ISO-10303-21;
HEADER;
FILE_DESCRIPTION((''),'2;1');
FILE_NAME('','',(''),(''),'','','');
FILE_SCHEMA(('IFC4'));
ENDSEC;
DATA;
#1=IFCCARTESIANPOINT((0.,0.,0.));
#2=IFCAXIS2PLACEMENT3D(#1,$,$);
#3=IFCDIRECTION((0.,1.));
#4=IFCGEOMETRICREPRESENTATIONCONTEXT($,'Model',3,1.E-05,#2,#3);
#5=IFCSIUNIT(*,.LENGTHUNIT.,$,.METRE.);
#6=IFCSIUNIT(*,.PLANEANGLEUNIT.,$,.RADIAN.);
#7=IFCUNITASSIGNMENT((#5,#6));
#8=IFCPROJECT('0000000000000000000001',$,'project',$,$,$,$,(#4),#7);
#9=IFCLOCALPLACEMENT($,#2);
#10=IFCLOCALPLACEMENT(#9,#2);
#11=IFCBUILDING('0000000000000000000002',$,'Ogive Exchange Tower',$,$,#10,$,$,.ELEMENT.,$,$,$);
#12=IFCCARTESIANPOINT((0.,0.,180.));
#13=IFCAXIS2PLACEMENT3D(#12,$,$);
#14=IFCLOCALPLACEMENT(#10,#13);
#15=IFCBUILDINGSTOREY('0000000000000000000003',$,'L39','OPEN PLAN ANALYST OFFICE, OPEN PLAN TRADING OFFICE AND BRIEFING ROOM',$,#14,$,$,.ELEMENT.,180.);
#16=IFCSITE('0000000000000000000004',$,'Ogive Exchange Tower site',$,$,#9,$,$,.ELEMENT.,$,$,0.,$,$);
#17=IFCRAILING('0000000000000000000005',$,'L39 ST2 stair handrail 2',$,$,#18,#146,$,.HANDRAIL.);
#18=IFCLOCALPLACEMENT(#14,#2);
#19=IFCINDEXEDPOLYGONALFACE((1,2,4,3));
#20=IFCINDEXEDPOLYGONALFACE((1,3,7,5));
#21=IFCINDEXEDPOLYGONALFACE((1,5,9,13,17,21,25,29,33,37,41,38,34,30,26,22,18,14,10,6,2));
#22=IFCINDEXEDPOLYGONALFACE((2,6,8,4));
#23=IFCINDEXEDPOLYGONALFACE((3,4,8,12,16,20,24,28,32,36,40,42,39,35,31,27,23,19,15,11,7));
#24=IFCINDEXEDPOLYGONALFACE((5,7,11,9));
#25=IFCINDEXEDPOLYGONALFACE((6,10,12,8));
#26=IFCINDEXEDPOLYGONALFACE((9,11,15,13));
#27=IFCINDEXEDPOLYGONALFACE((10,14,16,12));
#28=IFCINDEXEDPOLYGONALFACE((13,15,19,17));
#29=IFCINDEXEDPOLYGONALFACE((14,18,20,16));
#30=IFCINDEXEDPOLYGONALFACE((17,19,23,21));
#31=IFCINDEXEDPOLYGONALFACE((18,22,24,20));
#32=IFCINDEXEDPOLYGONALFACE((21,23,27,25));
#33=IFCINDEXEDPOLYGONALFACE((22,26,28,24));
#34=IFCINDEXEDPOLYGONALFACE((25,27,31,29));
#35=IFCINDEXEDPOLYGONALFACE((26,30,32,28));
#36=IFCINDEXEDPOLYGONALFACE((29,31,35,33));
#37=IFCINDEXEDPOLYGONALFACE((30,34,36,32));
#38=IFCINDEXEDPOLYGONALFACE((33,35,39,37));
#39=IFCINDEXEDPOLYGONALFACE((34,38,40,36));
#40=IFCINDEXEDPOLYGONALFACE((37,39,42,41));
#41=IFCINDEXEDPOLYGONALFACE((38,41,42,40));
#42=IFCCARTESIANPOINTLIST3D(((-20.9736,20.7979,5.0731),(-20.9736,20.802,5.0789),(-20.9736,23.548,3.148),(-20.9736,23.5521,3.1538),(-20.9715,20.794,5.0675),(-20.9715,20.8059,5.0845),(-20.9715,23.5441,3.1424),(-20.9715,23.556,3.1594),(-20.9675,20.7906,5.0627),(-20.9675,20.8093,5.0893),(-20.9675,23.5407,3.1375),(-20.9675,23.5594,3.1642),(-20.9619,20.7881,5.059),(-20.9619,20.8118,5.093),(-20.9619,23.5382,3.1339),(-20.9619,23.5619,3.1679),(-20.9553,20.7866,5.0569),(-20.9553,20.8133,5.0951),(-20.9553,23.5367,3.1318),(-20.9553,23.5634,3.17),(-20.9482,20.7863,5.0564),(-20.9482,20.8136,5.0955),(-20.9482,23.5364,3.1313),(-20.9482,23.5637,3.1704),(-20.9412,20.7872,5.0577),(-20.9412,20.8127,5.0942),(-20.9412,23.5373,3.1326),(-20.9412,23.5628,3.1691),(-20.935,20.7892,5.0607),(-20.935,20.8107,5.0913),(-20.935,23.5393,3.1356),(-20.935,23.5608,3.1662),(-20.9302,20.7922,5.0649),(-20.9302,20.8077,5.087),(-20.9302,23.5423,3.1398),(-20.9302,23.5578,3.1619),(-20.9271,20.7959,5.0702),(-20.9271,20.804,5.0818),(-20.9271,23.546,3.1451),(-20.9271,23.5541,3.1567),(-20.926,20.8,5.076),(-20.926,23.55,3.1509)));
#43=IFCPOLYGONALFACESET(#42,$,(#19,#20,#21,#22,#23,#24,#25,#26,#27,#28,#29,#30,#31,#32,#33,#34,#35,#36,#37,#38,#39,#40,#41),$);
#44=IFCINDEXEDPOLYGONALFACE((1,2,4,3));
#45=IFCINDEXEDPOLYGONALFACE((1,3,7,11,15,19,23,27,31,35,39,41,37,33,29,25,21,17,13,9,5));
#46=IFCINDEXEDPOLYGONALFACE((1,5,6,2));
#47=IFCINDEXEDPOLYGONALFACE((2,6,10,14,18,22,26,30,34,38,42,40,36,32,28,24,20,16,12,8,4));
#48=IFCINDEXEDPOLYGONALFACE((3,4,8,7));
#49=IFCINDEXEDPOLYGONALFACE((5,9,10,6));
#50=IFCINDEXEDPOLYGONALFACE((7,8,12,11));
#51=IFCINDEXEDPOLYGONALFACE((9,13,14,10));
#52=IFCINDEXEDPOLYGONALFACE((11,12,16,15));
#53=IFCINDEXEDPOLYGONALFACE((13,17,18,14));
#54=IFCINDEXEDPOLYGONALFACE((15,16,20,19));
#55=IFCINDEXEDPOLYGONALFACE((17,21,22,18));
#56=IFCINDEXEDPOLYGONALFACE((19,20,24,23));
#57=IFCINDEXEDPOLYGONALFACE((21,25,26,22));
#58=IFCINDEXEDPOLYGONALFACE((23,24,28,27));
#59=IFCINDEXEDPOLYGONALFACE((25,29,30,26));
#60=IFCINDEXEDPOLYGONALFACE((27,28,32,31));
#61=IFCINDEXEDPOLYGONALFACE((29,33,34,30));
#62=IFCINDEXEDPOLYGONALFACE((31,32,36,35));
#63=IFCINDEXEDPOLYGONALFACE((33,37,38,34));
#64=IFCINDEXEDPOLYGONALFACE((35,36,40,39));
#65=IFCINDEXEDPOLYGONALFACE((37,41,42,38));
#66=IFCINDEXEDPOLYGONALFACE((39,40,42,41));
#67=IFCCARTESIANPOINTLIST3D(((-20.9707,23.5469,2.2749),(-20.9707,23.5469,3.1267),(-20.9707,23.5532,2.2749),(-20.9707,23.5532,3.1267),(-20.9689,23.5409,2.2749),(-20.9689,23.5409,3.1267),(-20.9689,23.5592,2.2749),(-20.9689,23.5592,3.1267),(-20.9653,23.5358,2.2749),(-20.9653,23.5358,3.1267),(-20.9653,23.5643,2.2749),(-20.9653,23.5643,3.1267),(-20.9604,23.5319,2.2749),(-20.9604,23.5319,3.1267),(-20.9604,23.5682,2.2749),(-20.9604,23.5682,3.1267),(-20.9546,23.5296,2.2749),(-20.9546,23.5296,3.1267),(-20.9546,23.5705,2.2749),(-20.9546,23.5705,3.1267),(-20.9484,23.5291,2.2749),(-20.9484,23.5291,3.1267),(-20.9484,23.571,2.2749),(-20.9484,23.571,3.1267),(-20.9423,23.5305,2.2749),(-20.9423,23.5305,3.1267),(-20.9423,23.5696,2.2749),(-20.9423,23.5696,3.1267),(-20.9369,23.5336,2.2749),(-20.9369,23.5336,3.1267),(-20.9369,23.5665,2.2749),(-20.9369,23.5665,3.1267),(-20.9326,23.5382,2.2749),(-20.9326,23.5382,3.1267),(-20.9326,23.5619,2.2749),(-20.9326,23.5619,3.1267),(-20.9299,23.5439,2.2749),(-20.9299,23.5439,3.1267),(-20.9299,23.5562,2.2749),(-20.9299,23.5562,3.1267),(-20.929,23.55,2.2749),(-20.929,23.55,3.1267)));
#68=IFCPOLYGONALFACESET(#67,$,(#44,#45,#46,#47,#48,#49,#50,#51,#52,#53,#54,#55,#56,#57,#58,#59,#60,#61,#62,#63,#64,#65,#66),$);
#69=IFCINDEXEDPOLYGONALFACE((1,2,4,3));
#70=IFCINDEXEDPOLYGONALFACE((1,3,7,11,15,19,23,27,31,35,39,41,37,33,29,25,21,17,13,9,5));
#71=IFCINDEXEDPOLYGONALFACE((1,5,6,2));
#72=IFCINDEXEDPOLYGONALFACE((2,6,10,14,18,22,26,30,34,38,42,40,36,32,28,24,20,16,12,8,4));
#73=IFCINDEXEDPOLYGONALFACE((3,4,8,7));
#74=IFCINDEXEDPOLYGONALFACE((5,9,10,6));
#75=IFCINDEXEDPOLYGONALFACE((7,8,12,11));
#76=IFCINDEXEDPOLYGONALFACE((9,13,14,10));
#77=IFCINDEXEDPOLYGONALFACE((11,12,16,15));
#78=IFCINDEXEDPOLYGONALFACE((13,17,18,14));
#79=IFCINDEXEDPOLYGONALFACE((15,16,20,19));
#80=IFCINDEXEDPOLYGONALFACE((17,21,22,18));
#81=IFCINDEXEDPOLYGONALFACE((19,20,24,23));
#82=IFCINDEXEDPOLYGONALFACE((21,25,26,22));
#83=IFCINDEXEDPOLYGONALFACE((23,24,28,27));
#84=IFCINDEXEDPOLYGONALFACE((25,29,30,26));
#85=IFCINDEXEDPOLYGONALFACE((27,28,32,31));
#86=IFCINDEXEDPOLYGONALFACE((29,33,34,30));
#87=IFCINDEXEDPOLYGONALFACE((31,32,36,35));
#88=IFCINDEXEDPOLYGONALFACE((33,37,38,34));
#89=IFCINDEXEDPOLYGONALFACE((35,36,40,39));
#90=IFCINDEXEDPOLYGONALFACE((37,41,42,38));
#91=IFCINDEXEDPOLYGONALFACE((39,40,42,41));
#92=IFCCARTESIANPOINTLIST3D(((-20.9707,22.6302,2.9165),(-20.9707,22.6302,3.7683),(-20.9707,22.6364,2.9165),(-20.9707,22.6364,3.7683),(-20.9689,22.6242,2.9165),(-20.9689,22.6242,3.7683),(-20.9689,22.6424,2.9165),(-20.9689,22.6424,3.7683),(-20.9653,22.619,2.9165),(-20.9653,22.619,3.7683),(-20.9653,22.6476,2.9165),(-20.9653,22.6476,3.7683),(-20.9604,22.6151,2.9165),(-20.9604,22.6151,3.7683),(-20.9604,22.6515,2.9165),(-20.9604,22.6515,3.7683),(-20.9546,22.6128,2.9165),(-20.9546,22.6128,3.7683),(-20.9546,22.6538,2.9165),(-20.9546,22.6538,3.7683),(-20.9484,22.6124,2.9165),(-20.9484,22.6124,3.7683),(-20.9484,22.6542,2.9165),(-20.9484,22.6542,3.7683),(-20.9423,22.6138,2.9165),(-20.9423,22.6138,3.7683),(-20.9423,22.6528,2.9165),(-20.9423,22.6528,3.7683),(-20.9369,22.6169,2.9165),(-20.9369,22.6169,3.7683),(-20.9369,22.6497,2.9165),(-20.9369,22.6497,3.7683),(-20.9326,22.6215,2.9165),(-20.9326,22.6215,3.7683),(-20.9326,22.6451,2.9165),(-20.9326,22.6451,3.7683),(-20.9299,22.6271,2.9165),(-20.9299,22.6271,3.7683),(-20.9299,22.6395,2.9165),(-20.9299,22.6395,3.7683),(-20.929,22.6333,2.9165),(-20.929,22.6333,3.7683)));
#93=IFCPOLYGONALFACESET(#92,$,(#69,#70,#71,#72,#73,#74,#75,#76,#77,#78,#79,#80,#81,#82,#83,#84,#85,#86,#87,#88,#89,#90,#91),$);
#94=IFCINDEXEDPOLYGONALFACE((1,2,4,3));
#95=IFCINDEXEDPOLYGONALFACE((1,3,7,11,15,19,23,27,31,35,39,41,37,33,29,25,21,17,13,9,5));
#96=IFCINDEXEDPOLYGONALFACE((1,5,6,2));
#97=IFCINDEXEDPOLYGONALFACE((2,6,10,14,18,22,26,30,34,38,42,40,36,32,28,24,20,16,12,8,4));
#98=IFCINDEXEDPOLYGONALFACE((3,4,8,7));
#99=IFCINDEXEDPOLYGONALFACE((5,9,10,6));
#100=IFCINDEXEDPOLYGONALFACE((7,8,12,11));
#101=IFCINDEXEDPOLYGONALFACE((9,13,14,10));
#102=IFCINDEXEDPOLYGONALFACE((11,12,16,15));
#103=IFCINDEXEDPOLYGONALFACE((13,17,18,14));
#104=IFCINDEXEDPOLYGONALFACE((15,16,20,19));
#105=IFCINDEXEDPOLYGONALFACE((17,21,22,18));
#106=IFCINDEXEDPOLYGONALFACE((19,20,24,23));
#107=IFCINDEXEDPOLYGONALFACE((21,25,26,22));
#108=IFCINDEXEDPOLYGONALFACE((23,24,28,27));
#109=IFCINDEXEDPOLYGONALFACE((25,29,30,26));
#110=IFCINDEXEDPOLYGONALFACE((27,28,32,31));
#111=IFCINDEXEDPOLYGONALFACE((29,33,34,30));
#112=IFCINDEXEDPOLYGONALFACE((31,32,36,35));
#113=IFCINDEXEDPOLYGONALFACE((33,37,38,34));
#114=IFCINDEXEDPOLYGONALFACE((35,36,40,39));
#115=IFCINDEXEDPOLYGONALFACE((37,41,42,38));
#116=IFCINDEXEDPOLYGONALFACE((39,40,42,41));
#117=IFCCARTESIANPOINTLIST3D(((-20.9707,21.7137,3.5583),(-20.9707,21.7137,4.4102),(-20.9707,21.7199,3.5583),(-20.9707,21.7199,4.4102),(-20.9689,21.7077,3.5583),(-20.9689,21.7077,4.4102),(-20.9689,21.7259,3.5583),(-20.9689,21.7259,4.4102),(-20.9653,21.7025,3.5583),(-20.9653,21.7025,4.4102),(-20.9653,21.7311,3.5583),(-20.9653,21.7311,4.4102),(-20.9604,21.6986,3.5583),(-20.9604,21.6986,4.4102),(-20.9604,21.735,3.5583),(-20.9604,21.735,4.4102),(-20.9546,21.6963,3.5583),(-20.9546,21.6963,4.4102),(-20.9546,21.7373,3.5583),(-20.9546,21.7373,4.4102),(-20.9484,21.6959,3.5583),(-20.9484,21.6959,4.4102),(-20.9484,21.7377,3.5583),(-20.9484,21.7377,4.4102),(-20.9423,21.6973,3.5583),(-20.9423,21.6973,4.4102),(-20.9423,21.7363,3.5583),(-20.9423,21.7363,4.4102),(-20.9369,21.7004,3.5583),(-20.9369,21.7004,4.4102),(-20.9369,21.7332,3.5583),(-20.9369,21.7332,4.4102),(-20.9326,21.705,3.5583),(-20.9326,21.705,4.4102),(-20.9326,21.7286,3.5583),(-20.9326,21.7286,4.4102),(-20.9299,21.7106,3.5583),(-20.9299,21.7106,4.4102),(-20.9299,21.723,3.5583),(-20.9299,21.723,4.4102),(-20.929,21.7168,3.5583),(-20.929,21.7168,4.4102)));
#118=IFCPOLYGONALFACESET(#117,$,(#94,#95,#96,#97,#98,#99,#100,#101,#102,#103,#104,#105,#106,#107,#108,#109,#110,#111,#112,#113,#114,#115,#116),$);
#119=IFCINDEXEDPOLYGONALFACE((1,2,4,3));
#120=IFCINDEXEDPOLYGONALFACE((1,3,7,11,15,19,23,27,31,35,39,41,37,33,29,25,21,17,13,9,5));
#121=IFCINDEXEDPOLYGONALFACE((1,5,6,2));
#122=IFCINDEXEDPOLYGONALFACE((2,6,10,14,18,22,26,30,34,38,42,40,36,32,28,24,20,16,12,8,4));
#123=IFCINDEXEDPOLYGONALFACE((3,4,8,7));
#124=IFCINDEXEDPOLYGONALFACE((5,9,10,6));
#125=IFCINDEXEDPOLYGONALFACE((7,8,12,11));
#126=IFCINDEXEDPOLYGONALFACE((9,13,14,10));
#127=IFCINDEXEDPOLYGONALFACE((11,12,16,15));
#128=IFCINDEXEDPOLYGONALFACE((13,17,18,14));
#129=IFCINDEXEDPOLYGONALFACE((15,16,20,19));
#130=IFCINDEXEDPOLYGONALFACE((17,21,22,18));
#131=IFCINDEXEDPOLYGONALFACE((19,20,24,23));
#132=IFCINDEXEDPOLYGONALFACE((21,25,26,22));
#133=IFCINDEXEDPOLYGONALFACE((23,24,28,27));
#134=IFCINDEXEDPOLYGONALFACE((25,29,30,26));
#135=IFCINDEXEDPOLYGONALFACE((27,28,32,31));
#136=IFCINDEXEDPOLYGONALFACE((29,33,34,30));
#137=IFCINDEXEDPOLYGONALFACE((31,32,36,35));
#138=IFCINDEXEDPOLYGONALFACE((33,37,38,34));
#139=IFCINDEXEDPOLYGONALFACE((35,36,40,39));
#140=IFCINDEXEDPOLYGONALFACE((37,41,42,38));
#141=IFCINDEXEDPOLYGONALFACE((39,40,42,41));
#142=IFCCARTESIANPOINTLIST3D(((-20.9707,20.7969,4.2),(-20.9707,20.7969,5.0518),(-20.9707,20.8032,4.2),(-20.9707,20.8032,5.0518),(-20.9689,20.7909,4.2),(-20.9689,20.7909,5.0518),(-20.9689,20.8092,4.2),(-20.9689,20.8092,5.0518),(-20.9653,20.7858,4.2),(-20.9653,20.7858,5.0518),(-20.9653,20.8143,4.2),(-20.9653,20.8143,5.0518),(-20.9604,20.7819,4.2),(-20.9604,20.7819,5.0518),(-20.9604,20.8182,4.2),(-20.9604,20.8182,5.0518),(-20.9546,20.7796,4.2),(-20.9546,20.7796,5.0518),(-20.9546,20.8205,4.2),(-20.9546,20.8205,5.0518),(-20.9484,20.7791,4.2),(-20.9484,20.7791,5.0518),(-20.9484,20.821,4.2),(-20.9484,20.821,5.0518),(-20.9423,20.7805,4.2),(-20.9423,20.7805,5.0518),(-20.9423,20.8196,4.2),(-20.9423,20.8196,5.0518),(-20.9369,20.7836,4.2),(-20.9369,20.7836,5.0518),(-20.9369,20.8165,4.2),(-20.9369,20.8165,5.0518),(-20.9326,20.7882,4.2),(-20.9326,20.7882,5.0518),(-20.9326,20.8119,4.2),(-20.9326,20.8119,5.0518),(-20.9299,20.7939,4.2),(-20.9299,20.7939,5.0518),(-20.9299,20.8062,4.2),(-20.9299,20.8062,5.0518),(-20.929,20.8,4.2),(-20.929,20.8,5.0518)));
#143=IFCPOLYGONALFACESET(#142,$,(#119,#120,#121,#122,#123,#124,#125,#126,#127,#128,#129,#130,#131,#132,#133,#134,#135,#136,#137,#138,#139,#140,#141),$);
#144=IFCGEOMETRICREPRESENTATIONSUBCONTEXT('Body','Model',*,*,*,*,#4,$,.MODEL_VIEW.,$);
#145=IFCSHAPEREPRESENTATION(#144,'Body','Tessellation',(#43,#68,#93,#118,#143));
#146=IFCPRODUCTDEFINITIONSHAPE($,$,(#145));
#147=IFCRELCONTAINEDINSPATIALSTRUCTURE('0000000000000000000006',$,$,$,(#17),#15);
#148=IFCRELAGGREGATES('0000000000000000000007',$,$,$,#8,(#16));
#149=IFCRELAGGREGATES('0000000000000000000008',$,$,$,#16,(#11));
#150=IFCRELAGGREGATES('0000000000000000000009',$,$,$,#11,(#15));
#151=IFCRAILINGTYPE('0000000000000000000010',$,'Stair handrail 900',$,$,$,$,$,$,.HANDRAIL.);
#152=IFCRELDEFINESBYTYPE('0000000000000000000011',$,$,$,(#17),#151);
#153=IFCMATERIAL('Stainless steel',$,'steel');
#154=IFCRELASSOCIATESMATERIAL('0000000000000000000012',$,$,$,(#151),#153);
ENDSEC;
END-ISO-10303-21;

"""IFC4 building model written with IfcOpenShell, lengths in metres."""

from ifc_helpers import new_model, si_unit, direction, frame, origin, origin_2d, place, context, subcontext, project, spatial, circle, extrude, material, type_object, element, save


model = new_model("IFC4")

# Units and contexts
model_context = context("Model", 3, precision=1e-05, world=origin(), true_north=direction((0.0, 1.0)))
body_context = subcontext(model_context, "Body", "Model", "MODEL_VIEW")
ifc_project = project(units=[si_unit("LENGTHUNIT", "METRE"), si_unit("PLANEANGLEUNIT", "RADIAN")], contexts=[model_context])

# Site, building, storey
site_placement = place(None, origin())
site = spatial("IfcSite", under=ifc_project, at=site_placement, Name="Ogive Exchange Tower site", CompositionType="ELEMENT", RefElevation=0.0)
building_placement = place(site_placement, origin())
building = spatial("IfcBuilding", under=site, at=building_placement, Name="Ogive Exchange Tower", CompositionType="ELEMENT")
storey_placement = place(building_placement, frame((0.0, 0.0, 180.0)))
storey = spatial("IfcBuildingStorey", under=building, at=storey_placement, Name="L39", Description="OPEN PLAN ANALYST OFFICE, OPEN PLAN TRADING OFFICE AND BRIEFING ROOM", CompositionType="ELEMENT", Elevation=180.0)

# Railing
ifc_material_1 = material(Name="Stainless steel", Category="steel")
railing_type = type_object("IfcRailingType", Name="Stair handrail 900", PredefinedType="HANDRAIL", material=ifc_material_1)
railing_placement = place(storey_placement, frame((-20.95, 23.55, 2.2749)))
element("IfcRailing", 1, at=railing_placement, inside=storey, type_object=railing_type, Name="L39 ST2 stair handrail 2", PredefinedType="HANDRAIL", context=body_context, shape_type="SweptSolid", body=[
    extrude(circle(Radius=0.0239, at=origin_2d()), frame((0.0, 0.0, 0.876), z_axis=(0.0, -0.819225, 0.573472), x_axis=(1.0, 0.0, 0.0)), (0.0, 0.0, 1.0), 3.3569),
    extrude(circle(Radius=0.021, at=origin_2d()), origin(), (0.0, 0.0, 1.0), 0.8518),
    extrude(circle(Radius=0.021, at=origin_2d()), frame((0.0, -0.9167, 0.6416)), (0.0, 0.0, 1.0), 0.8518),
    extrude(circle(Radius=0.021, at=origin_2d()), frame((0.0, -1.8333, 1.2834)), (0.0, 0.0, 1.0), 0.8518),
    extrude(circle(Radius=0.021, at=origin_2d()), frame((0.0, -2.75, 1.925)), (0.0, 0.0, 1.0), 0.8518),
])

save(model, "model.ifc")
